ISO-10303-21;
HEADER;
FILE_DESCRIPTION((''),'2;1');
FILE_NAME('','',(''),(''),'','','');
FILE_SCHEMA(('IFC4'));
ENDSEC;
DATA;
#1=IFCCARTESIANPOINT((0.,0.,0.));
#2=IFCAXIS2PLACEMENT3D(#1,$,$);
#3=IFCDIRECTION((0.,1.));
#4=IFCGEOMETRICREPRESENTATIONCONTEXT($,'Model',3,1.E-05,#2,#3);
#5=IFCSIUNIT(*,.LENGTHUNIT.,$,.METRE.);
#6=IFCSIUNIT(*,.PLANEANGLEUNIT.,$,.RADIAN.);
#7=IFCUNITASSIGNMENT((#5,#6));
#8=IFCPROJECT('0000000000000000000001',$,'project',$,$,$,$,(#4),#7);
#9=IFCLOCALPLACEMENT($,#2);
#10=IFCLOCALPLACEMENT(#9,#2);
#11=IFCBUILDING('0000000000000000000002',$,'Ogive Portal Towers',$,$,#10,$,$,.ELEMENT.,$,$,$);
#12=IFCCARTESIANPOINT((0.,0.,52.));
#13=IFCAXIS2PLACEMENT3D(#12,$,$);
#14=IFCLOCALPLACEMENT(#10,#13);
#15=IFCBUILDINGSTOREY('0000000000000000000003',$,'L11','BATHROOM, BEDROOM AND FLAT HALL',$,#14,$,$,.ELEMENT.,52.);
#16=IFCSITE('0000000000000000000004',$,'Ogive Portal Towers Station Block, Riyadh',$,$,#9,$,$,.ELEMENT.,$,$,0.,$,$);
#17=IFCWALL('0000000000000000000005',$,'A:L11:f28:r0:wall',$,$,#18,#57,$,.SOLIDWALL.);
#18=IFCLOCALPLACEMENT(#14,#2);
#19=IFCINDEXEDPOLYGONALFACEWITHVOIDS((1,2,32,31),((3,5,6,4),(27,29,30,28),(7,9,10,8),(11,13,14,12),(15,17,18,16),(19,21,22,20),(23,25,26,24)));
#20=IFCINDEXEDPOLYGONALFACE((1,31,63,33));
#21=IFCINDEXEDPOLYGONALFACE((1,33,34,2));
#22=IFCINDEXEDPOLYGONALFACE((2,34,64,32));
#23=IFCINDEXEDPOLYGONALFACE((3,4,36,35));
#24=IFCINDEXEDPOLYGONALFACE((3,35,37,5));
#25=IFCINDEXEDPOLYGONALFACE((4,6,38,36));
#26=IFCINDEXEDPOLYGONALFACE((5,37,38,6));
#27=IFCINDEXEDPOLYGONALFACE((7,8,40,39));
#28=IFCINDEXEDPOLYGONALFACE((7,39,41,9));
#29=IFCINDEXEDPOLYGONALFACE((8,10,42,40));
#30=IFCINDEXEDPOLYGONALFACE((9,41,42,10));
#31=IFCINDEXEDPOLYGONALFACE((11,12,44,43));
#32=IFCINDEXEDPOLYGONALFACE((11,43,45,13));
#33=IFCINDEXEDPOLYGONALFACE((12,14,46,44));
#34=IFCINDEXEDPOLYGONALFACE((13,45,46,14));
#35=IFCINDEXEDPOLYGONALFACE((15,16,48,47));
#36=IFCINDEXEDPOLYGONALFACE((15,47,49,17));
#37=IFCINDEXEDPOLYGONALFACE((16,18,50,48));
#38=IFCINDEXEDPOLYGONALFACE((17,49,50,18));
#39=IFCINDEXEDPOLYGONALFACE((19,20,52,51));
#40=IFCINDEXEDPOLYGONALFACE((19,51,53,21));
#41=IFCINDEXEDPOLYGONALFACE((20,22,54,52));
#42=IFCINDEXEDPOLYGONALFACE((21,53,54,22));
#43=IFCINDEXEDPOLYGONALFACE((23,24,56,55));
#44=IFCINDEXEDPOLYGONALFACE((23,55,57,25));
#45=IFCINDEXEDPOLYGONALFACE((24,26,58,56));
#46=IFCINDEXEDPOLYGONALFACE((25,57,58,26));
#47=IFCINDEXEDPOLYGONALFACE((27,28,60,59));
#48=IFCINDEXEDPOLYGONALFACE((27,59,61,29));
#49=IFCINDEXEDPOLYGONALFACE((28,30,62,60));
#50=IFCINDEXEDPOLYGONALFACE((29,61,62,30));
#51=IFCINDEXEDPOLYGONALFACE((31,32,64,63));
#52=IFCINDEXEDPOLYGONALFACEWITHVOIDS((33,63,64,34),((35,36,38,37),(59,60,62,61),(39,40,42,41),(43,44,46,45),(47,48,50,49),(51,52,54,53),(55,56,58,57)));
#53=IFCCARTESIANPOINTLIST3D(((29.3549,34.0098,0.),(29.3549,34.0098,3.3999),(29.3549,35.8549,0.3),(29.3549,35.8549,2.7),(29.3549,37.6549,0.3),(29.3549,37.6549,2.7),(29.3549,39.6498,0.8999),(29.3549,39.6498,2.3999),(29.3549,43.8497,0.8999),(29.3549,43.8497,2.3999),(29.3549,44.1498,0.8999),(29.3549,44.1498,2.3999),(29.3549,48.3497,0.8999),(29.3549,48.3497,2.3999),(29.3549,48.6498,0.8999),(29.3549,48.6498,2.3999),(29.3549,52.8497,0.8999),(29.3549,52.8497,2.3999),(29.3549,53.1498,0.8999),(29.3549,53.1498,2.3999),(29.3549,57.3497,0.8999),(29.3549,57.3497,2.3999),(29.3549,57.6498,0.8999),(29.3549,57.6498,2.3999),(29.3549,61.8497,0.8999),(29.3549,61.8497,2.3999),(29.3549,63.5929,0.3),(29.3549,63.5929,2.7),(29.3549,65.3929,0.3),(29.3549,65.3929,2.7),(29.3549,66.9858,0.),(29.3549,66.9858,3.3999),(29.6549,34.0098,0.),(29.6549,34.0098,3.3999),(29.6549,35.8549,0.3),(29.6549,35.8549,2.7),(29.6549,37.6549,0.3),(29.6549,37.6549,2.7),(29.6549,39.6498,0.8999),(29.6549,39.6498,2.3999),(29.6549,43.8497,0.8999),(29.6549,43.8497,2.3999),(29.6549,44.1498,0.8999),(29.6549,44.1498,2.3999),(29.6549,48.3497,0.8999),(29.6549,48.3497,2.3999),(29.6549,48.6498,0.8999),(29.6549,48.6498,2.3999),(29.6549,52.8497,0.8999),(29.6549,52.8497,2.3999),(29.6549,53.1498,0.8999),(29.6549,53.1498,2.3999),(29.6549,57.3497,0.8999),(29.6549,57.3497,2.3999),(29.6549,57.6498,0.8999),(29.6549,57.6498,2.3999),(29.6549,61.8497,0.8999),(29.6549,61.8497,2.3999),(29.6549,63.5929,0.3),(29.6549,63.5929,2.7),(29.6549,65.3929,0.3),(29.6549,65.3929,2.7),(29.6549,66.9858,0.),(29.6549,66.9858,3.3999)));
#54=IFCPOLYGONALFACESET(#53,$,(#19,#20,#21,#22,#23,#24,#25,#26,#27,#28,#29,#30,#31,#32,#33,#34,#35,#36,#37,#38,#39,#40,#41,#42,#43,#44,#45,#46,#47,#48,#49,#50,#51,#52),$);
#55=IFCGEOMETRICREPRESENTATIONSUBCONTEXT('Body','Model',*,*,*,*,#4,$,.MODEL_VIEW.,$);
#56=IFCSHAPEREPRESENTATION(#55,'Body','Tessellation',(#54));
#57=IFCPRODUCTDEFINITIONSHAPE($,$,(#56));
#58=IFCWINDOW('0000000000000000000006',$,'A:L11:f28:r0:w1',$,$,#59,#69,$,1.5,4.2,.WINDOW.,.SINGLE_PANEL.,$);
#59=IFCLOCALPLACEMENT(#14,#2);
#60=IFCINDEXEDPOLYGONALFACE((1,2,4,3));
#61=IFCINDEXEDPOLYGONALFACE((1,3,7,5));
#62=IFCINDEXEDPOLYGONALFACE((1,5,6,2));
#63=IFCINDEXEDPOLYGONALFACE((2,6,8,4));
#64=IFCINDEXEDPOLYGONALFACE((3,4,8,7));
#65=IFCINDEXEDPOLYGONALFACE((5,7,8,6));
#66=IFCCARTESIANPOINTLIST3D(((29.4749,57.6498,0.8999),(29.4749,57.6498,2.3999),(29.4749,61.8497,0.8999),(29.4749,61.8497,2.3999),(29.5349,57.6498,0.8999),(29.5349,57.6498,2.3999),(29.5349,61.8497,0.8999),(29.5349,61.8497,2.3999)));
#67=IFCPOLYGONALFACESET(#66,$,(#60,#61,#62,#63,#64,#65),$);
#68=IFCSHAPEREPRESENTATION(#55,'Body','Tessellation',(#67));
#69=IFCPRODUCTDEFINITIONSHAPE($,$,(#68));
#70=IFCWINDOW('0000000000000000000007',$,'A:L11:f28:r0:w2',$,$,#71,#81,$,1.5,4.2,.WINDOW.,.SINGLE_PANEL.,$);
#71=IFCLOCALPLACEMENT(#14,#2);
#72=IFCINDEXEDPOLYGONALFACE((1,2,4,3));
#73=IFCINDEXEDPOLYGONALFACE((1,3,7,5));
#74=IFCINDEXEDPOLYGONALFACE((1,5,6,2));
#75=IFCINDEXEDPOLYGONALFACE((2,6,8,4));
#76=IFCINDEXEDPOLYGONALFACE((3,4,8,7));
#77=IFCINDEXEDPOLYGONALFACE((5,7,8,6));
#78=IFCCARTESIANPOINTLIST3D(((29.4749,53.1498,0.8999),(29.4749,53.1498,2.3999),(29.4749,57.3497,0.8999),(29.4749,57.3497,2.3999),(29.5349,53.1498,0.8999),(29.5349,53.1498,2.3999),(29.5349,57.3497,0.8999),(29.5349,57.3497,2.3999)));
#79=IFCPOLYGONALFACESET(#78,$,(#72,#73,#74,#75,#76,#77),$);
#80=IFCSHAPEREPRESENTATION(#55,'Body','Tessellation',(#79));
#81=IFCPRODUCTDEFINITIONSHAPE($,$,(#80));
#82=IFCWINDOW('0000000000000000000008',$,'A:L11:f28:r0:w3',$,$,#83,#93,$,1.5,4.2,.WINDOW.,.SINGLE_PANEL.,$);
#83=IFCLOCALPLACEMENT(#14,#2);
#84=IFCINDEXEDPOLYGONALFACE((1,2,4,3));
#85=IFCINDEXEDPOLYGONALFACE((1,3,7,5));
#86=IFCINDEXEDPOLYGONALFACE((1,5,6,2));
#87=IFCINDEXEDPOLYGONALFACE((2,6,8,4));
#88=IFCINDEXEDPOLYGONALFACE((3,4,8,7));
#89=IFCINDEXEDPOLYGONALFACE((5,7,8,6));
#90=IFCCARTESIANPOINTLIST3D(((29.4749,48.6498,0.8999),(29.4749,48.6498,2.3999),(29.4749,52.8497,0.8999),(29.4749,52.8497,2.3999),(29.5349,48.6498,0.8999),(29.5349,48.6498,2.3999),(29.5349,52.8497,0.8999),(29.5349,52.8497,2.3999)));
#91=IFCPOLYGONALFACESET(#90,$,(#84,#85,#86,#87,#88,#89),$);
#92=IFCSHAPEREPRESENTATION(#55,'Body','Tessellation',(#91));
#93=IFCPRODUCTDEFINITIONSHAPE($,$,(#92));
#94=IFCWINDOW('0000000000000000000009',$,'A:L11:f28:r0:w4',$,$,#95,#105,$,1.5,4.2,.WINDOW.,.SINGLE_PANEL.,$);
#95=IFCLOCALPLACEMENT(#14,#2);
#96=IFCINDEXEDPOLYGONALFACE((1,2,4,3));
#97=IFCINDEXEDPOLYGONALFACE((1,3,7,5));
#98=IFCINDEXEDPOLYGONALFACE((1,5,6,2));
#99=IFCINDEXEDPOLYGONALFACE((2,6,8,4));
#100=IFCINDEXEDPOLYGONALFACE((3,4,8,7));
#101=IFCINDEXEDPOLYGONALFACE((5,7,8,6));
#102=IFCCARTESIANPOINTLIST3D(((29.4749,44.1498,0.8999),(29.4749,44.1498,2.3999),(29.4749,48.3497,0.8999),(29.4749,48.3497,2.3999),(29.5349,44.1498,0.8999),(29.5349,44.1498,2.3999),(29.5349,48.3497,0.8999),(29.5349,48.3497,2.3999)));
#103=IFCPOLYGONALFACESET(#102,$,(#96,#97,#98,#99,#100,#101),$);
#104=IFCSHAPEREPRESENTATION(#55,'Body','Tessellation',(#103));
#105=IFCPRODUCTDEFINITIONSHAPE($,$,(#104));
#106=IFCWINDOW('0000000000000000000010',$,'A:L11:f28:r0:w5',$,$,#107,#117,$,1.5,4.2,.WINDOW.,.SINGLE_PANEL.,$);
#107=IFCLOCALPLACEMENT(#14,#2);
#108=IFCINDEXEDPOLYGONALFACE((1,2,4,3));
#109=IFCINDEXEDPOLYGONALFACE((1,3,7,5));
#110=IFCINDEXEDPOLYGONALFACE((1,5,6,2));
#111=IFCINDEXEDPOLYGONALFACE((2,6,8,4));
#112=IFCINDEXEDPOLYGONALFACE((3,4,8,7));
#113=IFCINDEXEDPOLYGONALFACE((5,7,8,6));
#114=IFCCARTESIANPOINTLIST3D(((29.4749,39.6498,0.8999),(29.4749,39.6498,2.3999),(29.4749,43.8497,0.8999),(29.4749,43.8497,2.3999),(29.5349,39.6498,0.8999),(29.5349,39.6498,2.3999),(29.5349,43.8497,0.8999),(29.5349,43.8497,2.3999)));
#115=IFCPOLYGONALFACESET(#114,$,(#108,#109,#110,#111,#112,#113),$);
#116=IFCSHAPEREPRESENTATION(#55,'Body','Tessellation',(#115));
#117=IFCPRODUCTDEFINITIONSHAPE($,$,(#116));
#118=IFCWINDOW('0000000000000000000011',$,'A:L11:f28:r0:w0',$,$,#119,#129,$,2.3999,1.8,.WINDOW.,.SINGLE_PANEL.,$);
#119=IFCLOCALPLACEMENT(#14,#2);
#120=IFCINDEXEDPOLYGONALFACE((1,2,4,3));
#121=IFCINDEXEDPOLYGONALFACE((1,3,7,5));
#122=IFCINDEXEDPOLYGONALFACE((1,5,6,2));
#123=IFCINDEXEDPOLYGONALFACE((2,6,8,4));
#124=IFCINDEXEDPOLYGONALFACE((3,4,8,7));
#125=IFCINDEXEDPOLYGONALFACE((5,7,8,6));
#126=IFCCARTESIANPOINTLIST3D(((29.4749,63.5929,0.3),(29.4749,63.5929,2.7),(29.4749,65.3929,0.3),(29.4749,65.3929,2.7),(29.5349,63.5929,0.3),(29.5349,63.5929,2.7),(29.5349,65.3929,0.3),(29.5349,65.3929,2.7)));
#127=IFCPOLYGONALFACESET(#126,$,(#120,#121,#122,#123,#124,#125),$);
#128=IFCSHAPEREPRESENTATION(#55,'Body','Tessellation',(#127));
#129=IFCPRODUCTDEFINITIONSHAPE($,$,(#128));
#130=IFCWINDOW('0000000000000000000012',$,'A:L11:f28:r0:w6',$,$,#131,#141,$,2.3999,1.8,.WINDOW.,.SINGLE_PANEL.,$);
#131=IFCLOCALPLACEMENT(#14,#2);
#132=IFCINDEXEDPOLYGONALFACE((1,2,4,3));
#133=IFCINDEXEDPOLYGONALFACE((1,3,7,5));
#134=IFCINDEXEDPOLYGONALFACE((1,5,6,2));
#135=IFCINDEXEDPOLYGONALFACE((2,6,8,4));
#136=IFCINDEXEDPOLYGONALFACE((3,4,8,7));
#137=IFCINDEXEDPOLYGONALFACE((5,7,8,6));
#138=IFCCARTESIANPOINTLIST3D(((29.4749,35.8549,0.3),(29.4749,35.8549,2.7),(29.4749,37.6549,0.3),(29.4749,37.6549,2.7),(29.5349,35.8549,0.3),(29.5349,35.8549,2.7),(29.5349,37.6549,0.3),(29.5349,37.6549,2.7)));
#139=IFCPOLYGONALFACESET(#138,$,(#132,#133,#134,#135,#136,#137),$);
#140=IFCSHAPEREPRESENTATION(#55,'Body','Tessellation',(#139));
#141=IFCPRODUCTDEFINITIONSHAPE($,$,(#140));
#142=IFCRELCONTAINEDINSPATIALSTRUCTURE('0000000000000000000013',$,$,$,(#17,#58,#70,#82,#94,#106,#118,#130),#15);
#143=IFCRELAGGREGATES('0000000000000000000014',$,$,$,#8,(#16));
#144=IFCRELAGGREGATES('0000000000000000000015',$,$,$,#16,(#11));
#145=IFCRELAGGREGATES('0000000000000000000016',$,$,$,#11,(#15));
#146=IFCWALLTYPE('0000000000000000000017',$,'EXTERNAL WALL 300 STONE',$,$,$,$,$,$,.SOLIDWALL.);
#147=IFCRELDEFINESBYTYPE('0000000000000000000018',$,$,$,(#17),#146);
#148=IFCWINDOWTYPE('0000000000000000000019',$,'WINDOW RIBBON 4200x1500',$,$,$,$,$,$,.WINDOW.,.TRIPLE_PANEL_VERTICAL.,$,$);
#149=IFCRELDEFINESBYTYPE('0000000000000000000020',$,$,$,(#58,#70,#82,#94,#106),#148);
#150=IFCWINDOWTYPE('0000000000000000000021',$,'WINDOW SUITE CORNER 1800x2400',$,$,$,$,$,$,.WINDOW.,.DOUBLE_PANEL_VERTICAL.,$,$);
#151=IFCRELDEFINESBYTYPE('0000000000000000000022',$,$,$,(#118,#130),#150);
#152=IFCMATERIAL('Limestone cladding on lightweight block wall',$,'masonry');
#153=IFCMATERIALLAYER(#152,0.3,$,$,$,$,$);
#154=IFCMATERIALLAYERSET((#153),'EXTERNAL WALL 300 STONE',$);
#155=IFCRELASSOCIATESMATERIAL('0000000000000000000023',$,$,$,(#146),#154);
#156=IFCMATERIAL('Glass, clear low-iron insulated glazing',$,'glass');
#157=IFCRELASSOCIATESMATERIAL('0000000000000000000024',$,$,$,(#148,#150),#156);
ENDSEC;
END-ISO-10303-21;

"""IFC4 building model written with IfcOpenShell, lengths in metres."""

from ifc_helpers import new_model, si_unit, direction, frame, frame_2d, origin, place, context, subcontext, project, spatial, rectangle, extrude, material, layer, layer_set, type_object, element, fill, save


model = new_model("IFC4")

# Units and contexts
model_context = context("Model", 3, precision=1e-05, world=origin(), true_north=direction((0.0, 1.0)))
body_context = subcontext(model_context, "Body", "Model", "MODEL_VIEW")
ifc_project = project(units=[si_unit("LENGTHUNIT", "METRE"), si_unit("PLANEANGLEUNIT", "RADIAN")], contexts=[model_context])

# Site, building, storey
site_placement = place(None, origin())
site = spatial("IfcSite", under=ifc_project, at=site_placement, Name="Ogive Portal Towers Station Block, Riyadh", CompositionType="ELEMENT", RefElevation=0.0)
building_placement = place(site_placement, origin())
building = spatial("IfcBuilding", under=site, at=building_placement, Name="Ogive Portal Towers", CompositionType="ELEMENT")
storey_placement = place(building_placement, frame((0.0, 0.0, 52.0)))
storey = spatial("IfcBuildingStorey", under=building, at=storey_placement, Name="L11", Description="BATHROOM, BEDROOM AND FLAT HALL", CompositionType="ELEMENT", Elevation=52.0)

# Shared definitions
ifc_material_1 = material(Name="Glass, clear low-iron insulated glazing", Category="glass")

# Wall, openings, windows
ifc_material_2 = material(Name="Limestone cladding on lightweight block wall", Category="masonry")
ifc_layer_1 = layer(ifc_material_2, 0.3)
ifc_layer_set_1 = layer_set([ifc_layer_1], Name="EXTERNAL WALL 300 STONE")
wall_type_1 = type_object("IfcWallType", Name="EXTERNAL WALL 300 STONE", PredefinedType="SOLIDWALL", material=ifc_layer_set_1)
wall_1_placement = place(storey_placement, frame((29.5049, 66.9858, 0.0), z_axis=(0.0, 0.0, 1.0), x_axis=(0.0, -1.0, 0.0)))
wall_1 = element("IfcWall", 1, at=wall_1_placement, inside=storey, type_object=wall_type_1, Name="A:L11:f28:r0:wall", PredefinedType="SOLIDWALL", context=body_context, shape_type="SweptSolid", body=[
    extrude(rectangle(XDim=32.9761, YDim=0.3, at=frame_2d((16.488, 0.0))), origin(), (0.0, 0.0, 1.0), 3.3999),
])
opening_1_placement = place(wall_1_placement, frame((1.593, 0.0, 0.3)))
opening_1 = element("IfcOpeningElement", 2, at=opening_1_placement, cuts=wall_1, PredefinedType="OPENING", context=body_context, shape_type="SweptSolid", body=[
    extrude(rectangle(XDim=1.8, YDim=2.3999, at=frame_2d((0.8999, 1.2))), frame((0.0, 0.1602, 0.0), z_axis=(0.0, -1.0, 0.0), x_axis=(1.0, 0.0, 0.0)), (0.0, 0.0, 1.0), 0.3201),
])
opening_2_placement = place(wall_1_placement, frame((5.136, 0.0, 0.8999)))
opening_2 = element("IfcOpeningElement", 3, at=opening_2_placement, cuts=wall_1, PredefinedType="OPENING", context=body_context, shape_type="SweptSolid", body=[
    extrude(rectangle(XDim=4.2, YDim=1.5, at=frame_2d((2.1001, 0.75))), frame((0.0, 0.1602, 0.0), z_axis=(0.0, -1.0, 0.0), x_axis=(1.0, 0.0, 0.0)), (0.0, 0.0, 1.0), 0.3201),
])
opening_3_placement = place(wall_1_placement, frame((9.636, 0.0, 0.8999)))
opening_3 = element("IfcOpeningElement", 4, at=opening_3_placement, cuts=wall_1, PredefinedType="OPENING", context=body_context, shape_type="SweptSolid", body=[
    extrude(rectangle(XDim=4.2, YDim=1.5, at=frame_2d((2.1001, 0.75))), frame((0.0, 0.1602, 0.0), z_axis=(0.0, -1.0, 0.0), x_axis=(1.0, 0.0, 0.0)), (0.0, 0.0, 1.0), 0.3201),
])
opening_4_placement = place(wall_1_placement, frame((14.136, 0.0, 0.8999)))
opening_4 = element("IfcOpeningElement", 5, at=opening_4_placement, cuts=wall_1, PredefinedType="OPENING", context=body_context, shape_type="SweptSolid", body=[
    extrude(rectangle(XDim=4.2, YDim=1.5, at=frame_2d((2.1001, 0.75))), frame((0.0, 0.1602, 0.0), z_axis=(0.0, -1.0, 0.0), x_axis=(1.0, 0.0, 0.0)), (0.0, 0.0, 1.0), 0.3201),
])
opening_5_placement = place(wall_1_placement, frame((18.636, 0.0, 0.8999)))
opening_5 = element("IfcOpeningElement", 6, at=opening_5_placement, cuts=wall_1, PredefinedType="OPENING", context=body_context, shape_type="SweptSolid", body=[
    extrude(rectangle(XDim=4.2, YDim=1.5, at=frame_2d((2.1001, 0.75))), frame((0.0, 0.1602, 0.0), z_axis=(0.0, -1.0, 0.0), x_axis=(1.0, 0.0, 0.0)), (0.0, 0.0, 1.0), 0.3201),
])
opening_6_placement = place(wall_1_placement, frame((23.136, 0.0, 0.8999)))
opening_6 = element("IfcOpeningElement", 7, at=opening_6_placement, cuts=wall_1, PredefinedType="OPENING", context=body_context, shape_type="SweptSolid", body=[
    extrude(rectangle(XDim=4.2, YDim=1.5, at=frame_2d((2.1001, 0.75))), frame((0.0, 0.1602, 0.0), z_axis=(0.0, -1.0, 0.0), x_axis=(1.0, 0.0, 0.0)), (0.0, 0.0, 1.0), 0.3201),
])
opening_7_placement = place(wall_1_placement, frame((29.3311, 0.0, 0.3)))
opening_7 = element("IfcOpeningElement", 8, at=opening_7_placement, cuts=wall_1, PredefinedType="OPENING", context=body_context, shape_type="SweptSolid", body=[
    extrude(rectangle(XDim=1.8, YDim=2.3999, at=frame_2d((0.8999, 1.2))), frame((0.0, 0.1602, 0.0), z_axis=(0.0, -1.0, 0.0), x_axis=(1.0, 0.0, 0.0)), (0.0, 0.0, 1.0), 0.3201),
])
window_type_1 = type_object("IfcWindowType", Name="WINDOW RIBBON 4200x1500", PartitioningType="TRIPLE_PANEL_VERTICAL", PredefinedType="WINDOW", material=ifc_material_1)
window_1_placement = place(opening_2_placement, origin())
window_1 = element("IfcWindow", 9, at=window_1_placement, inside=storey, type_object=window_type_1, Name="A:L11:f28:r0:w1", OverallHeight=1.5, OverallWidth=4.2, PartitioningType="SINGLE_PANEL", PredefinedType="WINDOW", context=body_context, shape_type="SweptSolid", body=[
    extrude(rectangle(XDim=4.2, YDim=1.5, at=frame_2d((2.1001, 0.75))), frame((0.0, 0.03, 0.0), z_axis=(0.0, -1.0, 0.0), x_axis=(1.0, 0.0, 0.0)), (0.0, 0.0, 1.0), 0.0601),
])
fill(opening_2, window_1)
window_2_placement = place(opening_3_placement, origin())
window_2 = element("IfcWindow", 10, at=window_2_placement, inside=storey, type_object=window_type_1, Name="A:L11:f28:r0:w2", OverallHeight=1.5, OverallWidth=4.2, PartitioningType="SINGLE_PANEL", PredefinedType="WINDOW", context=body_context, shape_type="SweptSolid", body=[
    extrude(rectangle(XDim=4.2, YDim=1.5, at=frame_2d((2.1001, 0.75))), frame((0.0, 0.03, 0.0), z_axis=(0.0, -1.0, 0.0), x_axis=(1.0, 0.0, 0.0)), (0.0, 0.0, 1.0), 0.0601),
])
fill(opening_3, window_2)
window_3_placement = place(opening_4_placement, origin())
window_3 = element("IfcWindow", 11, at=window_3_placement, inside=storey, type_object=window_type_1, Name="A:L11:f28:r0:w3", OverallHeight=1.5, OverallWidth=4.2, PartitioningType="SINGLE_PANEL", PredefinedType="WINDOW", context=body_context, shape_type="SweptSolid", body=[
    extrude(rectangle(XDim=4.2, YDim=1.5, at=frame_2d((2.1001, 0.75))), frame((0.0, 0.03, 0.0), z_axis=(0.0, -1.0, 0.0), x_axis=(1.0, 0.0, 0.0)), (0.0, 0.0, 1.0), 0.0601),
])
fill(opening_4, window_3)
window_4_placement = place(opening_5_placement, origin())
window_4 = element("IfcWindow", 12, at=window_4_placement, inside=storey, type_object=window_type_1, Name="A:L11:f28:r0:w4", OverallHeight=1.5, OverallWidth=4.2, PartitioningType="SINGLE_PANEL", PredefinedType="WINDOW", context=body_context, shape_type="SweptSolid", body=[
    extrude(rectangle(XDim=4.2, YDim=1.5, at=frame_2d((2.1001, 0.75))), frame((0.0, 0.03, 0.0), z_axis=(0.0, -1.0, 0.0), x_axis=(1.0, 0.0, 0.0)), (0.0, 0.0, 1.0), 0.0601),
])
fill(opening_5, window_4)
window_5_placement = place(opening_6_placement, origin())
window_5 = element("IfcWindow", 13, at=window_5_placement, inside=storey, type_object=window_type_1, Name="A:L11:f28:r0:w5", OverallHeight=1.5, OverallWidth=4.2, PartitioningType="SINGLE_PANEL", PredefinedType="WINDOW", context=body_context, shape_type="SweptSolid", body=[
    extrude(rectangle(XDim=4.2, YDim=1.5, at=frame_2d((2.1001, 0.75))), frame((0.0, 0.03, 0.0), z_axis=(0.0, -1.0, 0.0), x_axis=(1.0, 0.0, 0.0)), (0.0, 0.0, 1.0), 0.0601),
])
fill(opening_6, window_5)
window_type_2 = type_object("IfcWindowType", Name="WINDOW SUITE CORNER 1800x2400", PartitioningType="DOUBLE_PANEL_VERTICAL", PredefinedType="WINDOW", material=ifc_material_1)
window_6_placement = place(opening_1_placement, origin())
window_6 = element("IfcWindow", 14, at=window_6_placement, inside=storey, type_object=window_type_2, Name="A:L11:f28:r0:w0", OverallHeight=2.3999, OverallWidth=1.8, PartitioningType="SINGLE_PANEL", PredefinedType="WINDOW", context=body_context, shape_type="SweptSolid", body=[
    extrude(rectangle(XDim=1.8, YDim=2.3999, at=frame_2d((0.8999, 1.2))), frame((0.0, 0.03, 0.0), z_axis=(0.0, -1.0, 0.0), x_axis=(1.0, 0.0, 0.0)), (0.0, 0.0, 1.0), 0.0601),
])
fill(opening_1, window_6)
window_7_placement = place(opening_7_placement, origin())
window_7 = element("IfcWindow", 15, at=window_7_placement, inside=storey, type_object=window_type_2, Name="A:L11:f28:r0:w6", OverallHeight=2.3999, OverallWidth=1.8, PartitioningType="SINGLE_PANEL", PredefinedType="WINDOW", context=body_context, shape_type="SweptSolid", body=[
    extrude(rectangle(XDim=1.8, YDim=2.3999, at=frame_2d((0.8999, 1.2))), frame((0.0, 0.03, 0.0), z_axis=(0.0, -1.0, 0.0), x_axis=(1.0, 0.0, 0.0)), (0.0, 0.0, 1.0), 0.0601),
])
fill(opening_7, window_7)

save(model, "model.ifc")
